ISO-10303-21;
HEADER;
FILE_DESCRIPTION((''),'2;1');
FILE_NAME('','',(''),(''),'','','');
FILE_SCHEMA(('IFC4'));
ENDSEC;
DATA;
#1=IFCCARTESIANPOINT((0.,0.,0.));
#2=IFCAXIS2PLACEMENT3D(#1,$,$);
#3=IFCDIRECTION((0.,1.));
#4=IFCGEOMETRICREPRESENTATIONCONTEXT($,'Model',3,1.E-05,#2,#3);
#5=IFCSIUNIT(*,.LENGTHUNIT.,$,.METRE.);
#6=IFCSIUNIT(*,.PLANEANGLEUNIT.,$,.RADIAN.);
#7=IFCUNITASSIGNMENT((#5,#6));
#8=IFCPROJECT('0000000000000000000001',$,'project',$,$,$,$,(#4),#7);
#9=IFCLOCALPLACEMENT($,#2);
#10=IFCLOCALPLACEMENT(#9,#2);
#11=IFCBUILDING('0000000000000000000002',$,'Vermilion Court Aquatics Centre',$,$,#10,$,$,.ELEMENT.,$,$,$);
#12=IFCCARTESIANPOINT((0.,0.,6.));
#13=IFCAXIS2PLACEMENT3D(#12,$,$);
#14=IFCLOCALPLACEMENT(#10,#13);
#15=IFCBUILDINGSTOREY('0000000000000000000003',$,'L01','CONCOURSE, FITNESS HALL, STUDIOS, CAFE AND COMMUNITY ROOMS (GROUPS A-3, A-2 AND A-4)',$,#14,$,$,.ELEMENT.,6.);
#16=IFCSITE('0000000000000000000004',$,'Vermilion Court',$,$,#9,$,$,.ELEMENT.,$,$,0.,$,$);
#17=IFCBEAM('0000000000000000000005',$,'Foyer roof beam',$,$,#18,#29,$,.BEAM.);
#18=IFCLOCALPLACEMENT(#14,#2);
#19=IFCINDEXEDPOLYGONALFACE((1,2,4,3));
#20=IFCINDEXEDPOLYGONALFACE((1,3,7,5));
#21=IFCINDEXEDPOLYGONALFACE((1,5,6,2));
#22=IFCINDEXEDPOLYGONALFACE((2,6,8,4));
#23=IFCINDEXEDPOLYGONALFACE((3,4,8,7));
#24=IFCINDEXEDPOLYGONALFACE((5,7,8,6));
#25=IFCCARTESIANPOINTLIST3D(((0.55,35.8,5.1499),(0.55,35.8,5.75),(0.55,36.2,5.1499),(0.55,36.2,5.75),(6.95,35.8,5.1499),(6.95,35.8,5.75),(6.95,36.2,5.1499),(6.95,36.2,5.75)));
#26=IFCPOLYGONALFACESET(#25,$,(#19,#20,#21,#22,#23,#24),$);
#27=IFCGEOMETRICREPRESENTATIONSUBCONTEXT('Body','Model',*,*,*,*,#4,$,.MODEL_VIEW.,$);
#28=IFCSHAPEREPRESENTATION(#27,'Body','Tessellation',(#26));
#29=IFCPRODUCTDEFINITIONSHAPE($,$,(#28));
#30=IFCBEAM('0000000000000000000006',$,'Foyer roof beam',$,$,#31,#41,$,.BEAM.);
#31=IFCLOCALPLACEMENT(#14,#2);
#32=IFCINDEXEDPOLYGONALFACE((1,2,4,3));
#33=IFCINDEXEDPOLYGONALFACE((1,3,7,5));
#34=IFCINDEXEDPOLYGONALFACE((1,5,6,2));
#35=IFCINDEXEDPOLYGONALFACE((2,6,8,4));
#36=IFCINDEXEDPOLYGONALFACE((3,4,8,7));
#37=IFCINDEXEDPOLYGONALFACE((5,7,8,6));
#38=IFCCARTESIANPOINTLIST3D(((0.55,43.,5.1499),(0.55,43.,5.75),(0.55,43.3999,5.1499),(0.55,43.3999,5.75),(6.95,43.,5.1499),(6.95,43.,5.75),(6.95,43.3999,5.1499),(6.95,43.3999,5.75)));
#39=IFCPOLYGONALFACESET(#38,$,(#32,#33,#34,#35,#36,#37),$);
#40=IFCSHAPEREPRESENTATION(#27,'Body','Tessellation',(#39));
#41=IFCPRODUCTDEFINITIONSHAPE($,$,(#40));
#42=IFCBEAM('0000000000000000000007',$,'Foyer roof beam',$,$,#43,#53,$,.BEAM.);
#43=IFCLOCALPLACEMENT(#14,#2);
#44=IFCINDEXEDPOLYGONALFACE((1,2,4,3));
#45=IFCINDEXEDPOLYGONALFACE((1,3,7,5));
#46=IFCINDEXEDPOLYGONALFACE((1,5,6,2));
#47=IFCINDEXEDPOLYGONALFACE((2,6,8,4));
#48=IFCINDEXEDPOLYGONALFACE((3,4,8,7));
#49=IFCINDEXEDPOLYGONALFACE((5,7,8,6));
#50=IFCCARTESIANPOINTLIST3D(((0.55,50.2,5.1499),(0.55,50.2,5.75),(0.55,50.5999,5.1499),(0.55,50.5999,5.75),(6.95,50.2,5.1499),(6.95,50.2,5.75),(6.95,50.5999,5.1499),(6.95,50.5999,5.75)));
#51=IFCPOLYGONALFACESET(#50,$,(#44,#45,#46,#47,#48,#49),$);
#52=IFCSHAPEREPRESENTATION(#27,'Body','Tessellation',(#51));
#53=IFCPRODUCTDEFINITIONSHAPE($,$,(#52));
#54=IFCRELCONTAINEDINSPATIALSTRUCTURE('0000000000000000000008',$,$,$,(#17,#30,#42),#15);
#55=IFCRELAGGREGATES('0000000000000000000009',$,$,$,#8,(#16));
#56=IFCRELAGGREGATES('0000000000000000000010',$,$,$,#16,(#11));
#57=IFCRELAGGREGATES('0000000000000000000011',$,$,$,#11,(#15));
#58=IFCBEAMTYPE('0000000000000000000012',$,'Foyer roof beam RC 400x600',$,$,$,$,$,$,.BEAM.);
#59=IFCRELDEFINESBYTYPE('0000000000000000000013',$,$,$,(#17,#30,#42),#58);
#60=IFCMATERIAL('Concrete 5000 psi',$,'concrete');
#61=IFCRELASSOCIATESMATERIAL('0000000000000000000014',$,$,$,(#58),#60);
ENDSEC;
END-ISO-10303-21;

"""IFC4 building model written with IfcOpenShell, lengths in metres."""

from ifc_helpers import new_model, si_unit, direction, frame, origin, origin_2d, place, context, subcontext, project, spatial, rectangle, extrude, material, material_profile, profile_set, type_object, element, save


model = new_model("IFC4")

# Units and contexts
model_context = context("Model", 3, precision=1e-05, world=origin(), true_north=direction((0.0, 1.0)))
body_context = subcontext(model_context, "Body", "Model", "MODEL_VIEW")
ifc_project = project(units=[si_unit("LENGTHUNIT", "METRE"), si_unit("PLANEANGLEUNIT", "RADIAN")], contexts=[model_context])

# Site, building, storey
site_placement = place(None, origin())
site = spatial("IfcSite", under=ifc_project, at=site_placement, Name="Vermilion Court", CompositionType="ELEMENT", RefElevation=0.0)
building_placement = place(site_placement, origin())
building = spatial("IfcBuilding", under=site, at=building_placement, Name="Vermilion Court Aquatics Centre", CompositionType="ELEMENT")
storey_placement = place(building_placement, frame((0.0, 0.0, 6.0)))
storey = spatial("IfcBuildingStorey", under=building, at=storey_placement, Name="L01", Description="CONCOURSE, FITNESS HALL, STUDIOS, CAFE AND COMMUNITY ROOMS (GROUPS A-3, A-2 AND A-4)", CompositionType="ELEMENT", Elevation=6.0)

# Beams
ifc_material_1 = material(Name="Concrete 5000 psi", Category="concrete")
ifc_material_profile_1 = material_profile(ifc_material_1, rectangle(XDim=0.3999, YDim=0.6001, at=origin_2d()), Name="RC 400x600")
ifc_profile_set_1 = profile_set([ifc_material_profile_1], Name="Concrete 5000 psi")
beam_type = type_object("IfcBeamType", Name="Foyer roof beam RC 400x600", PredefinedType="BEAM", material=ifc_profile_set_1)
for number, where, z_axis, x_axis, name in (
    (1, (0.55, 36.0, 5.45), (1.0, 0.0, 0.0), (0.0, 1.0, 0.0), "Foyer roof beam"),
    (2, (0.55, 43.2, 5.45), (1.0, 0.0, 0.0), (0.0, 1.0, 0.0), "Foyer roof beam"),
    (3, (0.55, 50.3999, 5.45), (1.0, 0.0, 0.0), (0.0, 1.0, 0.0), "Foyer roof beam"),
):
    element("IfcBeam", number, at=place(storey_placement, frame(where, z_axis=z_axis, x_axis=x_axis)), inside=storey, type_object=beam_type, Name=name, PredefinedType="BEAM", context=body_context, shape_type="SweptSolid", body=[
        extrude(rectangle(XDim=0.3999, YDim=0.6001, at=origin_2d()), origin(), (0.0, 0.0, 1.0), 6.3999),
    ])

save(model, "model.ifc")
